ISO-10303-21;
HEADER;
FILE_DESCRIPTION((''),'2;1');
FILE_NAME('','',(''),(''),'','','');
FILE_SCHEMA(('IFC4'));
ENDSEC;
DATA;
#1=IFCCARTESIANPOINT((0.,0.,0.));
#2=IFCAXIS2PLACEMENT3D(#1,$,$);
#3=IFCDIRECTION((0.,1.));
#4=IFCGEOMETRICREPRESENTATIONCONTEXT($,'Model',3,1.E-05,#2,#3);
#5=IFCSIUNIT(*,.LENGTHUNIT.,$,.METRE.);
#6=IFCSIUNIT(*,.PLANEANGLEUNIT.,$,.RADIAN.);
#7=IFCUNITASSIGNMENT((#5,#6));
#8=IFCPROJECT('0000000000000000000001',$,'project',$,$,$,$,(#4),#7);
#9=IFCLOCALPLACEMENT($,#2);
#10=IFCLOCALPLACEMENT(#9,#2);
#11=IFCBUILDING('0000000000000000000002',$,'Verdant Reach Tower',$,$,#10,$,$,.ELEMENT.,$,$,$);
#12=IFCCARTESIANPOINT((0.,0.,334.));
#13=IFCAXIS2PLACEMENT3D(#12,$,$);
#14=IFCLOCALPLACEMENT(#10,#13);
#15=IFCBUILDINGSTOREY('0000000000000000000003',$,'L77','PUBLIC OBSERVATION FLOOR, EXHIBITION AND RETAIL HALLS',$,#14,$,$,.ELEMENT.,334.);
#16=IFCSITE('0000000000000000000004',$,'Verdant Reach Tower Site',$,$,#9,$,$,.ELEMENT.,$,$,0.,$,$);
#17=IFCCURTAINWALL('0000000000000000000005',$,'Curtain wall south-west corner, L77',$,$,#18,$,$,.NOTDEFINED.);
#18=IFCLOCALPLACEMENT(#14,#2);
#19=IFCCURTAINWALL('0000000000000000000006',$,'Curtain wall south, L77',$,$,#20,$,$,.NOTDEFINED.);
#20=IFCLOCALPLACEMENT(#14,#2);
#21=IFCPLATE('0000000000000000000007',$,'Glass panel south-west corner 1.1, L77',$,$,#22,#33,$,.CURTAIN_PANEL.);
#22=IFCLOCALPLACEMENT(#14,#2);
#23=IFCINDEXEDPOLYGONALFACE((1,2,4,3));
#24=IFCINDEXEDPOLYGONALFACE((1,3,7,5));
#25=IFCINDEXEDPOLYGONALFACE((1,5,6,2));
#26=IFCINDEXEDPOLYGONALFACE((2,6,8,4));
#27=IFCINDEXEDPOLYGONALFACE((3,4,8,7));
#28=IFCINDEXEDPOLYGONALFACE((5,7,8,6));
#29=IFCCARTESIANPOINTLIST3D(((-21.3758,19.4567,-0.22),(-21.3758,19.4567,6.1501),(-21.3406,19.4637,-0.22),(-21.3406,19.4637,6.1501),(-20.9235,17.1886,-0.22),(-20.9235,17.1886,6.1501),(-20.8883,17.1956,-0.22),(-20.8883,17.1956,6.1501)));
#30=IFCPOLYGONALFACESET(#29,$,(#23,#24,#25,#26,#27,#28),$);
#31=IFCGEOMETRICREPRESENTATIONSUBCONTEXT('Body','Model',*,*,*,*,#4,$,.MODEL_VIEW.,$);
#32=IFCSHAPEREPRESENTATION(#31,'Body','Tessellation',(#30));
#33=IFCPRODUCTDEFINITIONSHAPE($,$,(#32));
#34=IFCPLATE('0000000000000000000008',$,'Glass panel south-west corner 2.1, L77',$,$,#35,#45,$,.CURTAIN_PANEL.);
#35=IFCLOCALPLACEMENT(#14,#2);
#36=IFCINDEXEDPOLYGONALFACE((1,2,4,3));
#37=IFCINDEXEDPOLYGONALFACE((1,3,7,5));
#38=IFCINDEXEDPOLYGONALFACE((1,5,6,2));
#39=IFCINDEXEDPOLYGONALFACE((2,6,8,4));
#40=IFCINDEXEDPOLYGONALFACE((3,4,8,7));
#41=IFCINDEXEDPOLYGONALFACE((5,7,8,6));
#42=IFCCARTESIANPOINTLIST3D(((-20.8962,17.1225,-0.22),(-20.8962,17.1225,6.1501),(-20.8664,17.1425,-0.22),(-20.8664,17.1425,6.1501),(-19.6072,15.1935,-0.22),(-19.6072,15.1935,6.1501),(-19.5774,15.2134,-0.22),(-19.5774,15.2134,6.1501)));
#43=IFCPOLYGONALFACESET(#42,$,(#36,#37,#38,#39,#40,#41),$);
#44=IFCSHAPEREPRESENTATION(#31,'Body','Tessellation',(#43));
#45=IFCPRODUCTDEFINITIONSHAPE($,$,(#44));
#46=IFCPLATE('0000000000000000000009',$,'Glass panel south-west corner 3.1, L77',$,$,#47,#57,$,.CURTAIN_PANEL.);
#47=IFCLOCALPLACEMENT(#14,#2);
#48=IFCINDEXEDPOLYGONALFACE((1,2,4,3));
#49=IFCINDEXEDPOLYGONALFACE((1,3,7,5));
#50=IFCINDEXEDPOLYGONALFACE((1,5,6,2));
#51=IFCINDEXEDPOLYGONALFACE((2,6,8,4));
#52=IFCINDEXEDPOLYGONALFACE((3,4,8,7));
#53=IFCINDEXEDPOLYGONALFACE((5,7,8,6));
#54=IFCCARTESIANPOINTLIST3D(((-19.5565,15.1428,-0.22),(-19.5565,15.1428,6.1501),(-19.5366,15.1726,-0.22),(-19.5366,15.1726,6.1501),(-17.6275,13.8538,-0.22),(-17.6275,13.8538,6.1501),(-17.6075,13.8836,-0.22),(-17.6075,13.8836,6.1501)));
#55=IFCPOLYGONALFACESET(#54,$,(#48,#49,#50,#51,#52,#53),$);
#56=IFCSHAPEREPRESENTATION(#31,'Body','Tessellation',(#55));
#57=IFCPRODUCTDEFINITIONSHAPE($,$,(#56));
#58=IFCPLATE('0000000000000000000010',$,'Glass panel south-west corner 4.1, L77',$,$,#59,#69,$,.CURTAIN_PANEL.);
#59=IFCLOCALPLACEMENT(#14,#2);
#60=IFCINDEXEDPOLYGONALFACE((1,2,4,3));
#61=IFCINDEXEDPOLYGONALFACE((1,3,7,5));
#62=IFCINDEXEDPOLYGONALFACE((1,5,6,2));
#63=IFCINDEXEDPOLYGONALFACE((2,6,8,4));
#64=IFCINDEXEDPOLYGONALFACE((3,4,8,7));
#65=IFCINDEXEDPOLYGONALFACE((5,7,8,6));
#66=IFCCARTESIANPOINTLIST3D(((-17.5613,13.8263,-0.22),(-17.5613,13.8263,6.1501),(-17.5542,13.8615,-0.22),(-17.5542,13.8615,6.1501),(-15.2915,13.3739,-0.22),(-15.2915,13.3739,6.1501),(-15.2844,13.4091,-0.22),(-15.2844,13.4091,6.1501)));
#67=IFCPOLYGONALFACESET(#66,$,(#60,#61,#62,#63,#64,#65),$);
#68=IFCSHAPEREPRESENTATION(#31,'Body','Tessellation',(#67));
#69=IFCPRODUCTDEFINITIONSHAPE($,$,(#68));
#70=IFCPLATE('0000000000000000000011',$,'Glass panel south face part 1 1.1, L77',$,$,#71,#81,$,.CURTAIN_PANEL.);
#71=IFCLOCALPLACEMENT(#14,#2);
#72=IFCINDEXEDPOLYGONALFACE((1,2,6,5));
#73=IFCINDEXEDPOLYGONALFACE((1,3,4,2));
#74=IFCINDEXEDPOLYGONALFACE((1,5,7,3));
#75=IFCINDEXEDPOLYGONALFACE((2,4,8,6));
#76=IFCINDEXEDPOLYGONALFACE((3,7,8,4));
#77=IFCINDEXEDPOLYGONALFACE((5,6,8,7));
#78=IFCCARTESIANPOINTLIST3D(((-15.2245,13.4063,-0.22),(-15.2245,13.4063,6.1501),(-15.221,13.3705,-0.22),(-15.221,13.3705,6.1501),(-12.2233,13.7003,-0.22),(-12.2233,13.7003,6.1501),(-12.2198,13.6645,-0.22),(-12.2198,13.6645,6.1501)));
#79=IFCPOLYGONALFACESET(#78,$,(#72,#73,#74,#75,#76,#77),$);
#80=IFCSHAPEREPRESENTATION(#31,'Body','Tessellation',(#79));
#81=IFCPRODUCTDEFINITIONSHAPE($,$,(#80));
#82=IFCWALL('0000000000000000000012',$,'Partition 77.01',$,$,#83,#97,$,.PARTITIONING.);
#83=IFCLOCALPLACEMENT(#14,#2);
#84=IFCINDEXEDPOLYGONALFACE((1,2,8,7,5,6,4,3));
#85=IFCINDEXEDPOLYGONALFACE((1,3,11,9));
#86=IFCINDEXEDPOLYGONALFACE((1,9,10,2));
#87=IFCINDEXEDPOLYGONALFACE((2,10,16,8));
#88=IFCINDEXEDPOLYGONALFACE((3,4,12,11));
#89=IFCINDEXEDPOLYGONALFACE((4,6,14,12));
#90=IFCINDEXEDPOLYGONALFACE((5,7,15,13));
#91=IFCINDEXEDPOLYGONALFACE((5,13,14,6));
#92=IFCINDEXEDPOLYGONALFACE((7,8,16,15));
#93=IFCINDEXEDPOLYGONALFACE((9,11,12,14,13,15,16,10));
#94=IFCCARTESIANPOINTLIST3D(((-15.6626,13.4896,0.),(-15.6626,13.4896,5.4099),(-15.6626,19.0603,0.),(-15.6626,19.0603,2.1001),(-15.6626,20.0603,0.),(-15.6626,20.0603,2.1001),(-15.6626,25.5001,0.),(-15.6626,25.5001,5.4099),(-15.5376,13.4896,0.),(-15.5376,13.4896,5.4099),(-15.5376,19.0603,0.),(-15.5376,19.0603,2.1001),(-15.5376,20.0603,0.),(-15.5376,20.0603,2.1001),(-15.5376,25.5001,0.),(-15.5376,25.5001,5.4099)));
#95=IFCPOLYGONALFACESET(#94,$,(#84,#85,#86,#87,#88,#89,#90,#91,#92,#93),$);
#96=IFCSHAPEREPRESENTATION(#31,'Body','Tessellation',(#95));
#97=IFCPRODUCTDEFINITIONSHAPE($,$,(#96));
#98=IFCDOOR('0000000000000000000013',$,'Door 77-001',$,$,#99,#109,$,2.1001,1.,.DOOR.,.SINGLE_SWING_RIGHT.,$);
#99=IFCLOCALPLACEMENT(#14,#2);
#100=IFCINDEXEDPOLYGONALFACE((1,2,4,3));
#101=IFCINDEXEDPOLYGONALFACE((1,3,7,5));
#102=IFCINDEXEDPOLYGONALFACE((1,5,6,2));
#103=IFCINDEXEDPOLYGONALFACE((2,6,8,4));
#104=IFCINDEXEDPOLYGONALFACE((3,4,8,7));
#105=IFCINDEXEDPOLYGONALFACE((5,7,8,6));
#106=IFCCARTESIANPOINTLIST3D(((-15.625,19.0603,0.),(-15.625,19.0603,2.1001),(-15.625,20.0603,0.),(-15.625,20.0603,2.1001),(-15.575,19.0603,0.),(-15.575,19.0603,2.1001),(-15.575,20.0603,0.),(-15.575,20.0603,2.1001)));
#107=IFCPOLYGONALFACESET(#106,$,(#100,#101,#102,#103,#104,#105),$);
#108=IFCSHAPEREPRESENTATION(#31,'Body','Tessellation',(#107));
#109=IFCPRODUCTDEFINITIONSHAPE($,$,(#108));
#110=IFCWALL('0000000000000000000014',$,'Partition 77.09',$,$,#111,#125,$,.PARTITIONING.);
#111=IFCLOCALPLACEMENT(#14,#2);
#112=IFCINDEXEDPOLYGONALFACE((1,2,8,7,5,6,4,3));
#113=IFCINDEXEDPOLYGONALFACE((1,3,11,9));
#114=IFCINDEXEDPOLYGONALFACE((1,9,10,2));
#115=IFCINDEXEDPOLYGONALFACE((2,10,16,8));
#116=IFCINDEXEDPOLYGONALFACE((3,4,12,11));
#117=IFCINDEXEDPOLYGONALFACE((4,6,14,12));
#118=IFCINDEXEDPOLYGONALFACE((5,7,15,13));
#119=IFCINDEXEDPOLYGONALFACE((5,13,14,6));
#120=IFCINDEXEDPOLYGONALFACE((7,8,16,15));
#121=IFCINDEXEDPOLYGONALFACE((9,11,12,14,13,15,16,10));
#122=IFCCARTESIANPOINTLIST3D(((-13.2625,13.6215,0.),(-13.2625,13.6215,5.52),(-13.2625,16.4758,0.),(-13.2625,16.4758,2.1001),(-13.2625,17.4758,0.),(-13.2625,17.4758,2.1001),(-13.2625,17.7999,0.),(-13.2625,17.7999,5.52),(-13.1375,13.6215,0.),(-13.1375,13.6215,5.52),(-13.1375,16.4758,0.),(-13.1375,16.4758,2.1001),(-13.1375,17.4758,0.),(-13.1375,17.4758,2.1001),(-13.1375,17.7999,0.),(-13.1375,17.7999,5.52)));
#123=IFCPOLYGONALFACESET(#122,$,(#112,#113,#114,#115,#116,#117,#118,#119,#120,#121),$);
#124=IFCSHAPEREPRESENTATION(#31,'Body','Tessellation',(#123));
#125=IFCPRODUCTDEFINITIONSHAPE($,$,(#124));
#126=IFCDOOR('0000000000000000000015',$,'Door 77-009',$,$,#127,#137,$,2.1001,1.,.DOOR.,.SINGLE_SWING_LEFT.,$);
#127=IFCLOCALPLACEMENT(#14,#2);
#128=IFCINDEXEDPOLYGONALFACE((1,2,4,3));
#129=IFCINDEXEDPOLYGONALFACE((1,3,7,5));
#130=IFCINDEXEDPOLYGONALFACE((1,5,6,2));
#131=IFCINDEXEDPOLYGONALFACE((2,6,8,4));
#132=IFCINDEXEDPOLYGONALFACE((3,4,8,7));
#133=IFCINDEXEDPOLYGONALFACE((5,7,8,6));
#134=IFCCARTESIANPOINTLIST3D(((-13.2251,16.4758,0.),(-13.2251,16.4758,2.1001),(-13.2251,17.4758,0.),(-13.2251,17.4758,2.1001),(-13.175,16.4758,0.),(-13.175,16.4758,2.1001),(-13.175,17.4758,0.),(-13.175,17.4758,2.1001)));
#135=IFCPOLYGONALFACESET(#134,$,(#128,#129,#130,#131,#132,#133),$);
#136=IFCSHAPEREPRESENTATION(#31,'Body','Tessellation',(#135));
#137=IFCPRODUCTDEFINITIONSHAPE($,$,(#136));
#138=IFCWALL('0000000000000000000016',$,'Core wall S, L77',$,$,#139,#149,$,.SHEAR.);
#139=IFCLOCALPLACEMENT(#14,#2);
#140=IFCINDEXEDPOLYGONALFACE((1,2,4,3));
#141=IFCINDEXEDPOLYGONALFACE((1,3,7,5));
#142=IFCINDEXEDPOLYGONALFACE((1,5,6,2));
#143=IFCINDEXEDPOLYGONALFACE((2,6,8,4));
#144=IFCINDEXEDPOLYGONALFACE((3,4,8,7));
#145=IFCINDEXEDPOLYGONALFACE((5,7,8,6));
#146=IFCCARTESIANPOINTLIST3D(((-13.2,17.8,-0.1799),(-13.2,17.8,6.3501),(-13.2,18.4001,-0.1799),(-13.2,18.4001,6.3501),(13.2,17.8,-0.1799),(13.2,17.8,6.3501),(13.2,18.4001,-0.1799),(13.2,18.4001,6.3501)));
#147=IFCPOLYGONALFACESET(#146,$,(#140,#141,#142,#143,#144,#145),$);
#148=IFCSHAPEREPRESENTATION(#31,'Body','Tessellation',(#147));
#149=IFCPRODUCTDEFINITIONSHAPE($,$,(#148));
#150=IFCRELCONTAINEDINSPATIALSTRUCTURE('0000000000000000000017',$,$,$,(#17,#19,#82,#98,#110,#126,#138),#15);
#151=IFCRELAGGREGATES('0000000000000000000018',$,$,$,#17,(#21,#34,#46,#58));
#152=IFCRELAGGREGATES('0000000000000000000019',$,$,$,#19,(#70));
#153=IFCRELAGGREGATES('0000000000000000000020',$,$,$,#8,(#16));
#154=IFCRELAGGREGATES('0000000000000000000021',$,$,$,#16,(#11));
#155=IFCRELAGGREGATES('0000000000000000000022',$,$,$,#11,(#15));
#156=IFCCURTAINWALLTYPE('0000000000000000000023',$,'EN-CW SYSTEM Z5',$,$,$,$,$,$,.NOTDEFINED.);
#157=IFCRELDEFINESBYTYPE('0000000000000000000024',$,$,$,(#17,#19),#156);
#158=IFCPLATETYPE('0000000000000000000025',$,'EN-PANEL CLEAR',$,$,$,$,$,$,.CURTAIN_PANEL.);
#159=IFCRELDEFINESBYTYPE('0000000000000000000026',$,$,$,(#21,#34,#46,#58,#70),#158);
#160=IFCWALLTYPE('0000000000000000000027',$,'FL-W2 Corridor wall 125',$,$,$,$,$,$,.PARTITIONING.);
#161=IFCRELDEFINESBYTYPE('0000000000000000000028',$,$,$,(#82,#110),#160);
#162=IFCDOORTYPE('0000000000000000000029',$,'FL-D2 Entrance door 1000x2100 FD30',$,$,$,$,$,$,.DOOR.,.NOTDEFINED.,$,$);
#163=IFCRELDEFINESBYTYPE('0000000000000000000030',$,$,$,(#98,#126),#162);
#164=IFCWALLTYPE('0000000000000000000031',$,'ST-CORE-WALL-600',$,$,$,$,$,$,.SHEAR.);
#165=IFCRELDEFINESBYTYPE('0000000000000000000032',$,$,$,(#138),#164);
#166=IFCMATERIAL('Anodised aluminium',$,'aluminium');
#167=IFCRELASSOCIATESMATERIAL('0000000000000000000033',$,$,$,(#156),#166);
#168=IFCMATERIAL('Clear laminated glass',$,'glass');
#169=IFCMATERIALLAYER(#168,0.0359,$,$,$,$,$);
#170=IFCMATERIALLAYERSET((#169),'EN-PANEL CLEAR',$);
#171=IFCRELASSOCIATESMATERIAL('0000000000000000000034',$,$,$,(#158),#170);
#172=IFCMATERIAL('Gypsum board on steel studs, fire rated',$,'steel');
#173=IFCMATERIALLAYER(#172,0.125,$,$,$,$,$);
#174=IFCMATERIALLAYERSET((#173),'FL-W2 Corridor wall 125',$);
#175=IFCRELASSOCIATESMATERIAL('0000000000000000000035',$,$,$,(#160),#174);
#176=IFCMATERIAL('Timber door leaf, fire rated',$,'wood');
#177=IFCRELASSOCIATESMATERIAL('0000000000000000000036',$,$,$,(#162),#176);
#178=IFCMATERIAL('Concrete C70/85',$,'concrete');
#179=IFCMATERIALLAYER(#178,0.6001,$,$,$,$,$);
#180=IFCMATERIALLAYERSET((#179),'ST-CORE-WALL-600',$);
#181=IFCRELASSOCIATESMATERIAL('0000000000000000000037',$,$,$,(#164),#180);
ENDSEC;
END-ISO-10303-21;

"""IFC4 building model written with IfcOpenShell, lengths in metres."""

from ifc_helpers import new_model, si_unit, direction, frame, frame_2d, origin, origin_2d, place, context, subcontext, project, spatial, rectangle, extrude, material, layer, layer_set, type_object, element, fill, aggregate, save


model = new_model("IFC4")

# Units and contexts
model_context = context("Model", 3, precision=1e-05, world=origin(), true_north=direction((0.0, 1.0)))
body_context = subcontext(model_context, "Body", "Model", "MODEL_VIEW")
ifc_project = project(units=[si_unit("LENGTHUNIT", "METRE"), si_unit("PLANEANGLEUNIT", "RADIAN")], contexts=[model_context])

# Site, building, storey
site_placement = place(None, origin())
site = spatial("IfcSite", under=ifc_project, at=site_placement, Name="Verdant Reach Tower Site", CompositionType="ELEMENT", RefElevation=0.0)
building_placement = place(site_placement, origin())
building = spatial("IfcBuilding", under=site, at=building_placement, Name="Verdant Reach Tower", CompositionType="ELEMENT")
storey_placement = place(building_placement, frame((0.0, 0.0, 334.0)))
storey = spatial("IfcBuildingStorey", under=building, at=storey_placement, Name="L77", Description="PUBLIC OBSERVATION FLOOR, EXHIBITION AND RETAIL HALLS", CompositionType="ELEMENT", Elevation=334.0)

# Curtain walls
ifc_material_1 = material(Name="Anodised aluminium", Category="aluminium")
curtain_wall_type = type_object("IfcCurtainWallType", Name="EN-CW SYSTEM Z5", PredefinedType="NOTDEFINED", material=ifc_material_1)
curtain_wall_1_placement = place(storey_placement, origin())
curtain_wall_1 = element("IfcCurtainWall", 1, at=curtain_wall_1_placement, inside=storey, type_object=curtain_wall_type, Name="Curtain wall south-west corner, L77", PredefinedType="NOTDEFINED")
curtain_wall_2_placement = place(storey_placement, origin())
curtain_wall_2 = element("IfcCurtainWall", 2, at=curtain_wall_2_placement, inside=storey, type_object=curtain_wall_type, Name="Curtain wall south, L77", PredefinedType="NOTDEFINED")

# Plates
ifc_material_2 = material(Name="Clear laminated glass", Category="glass")
ifc_layer_1 = layer(ifc_material_2, 0.0359)
ifc_layer_set_1 = layer_set([ifc_layer_1], Name="EN-PANEL CLEAR")
plate_type = type_object("IfcPlateType", Name="EN-PANEL CLEAR", PredefinedType="CURTAIN_PANEL", material=ifc_layer_set_1)
plate_1_placement = place(storey_placement, frame((-21.1321, 18.3262, -0.22), z_axis=(0.0, 0.0, 1.0), x_axis=(0.195576, -0.980689, 0.0)))
plate_1 = element("IfcPlate", 3, at=plate_1_placement, type_object=plate_type, Name="Glass panel south-west corner 1.1, L77", PredefinedType="CURTAIN_PANEL", context=body_context, shape_type="SweptSolid", body=[
    extrude(rectangle(XDim=2.3127, YDim=0.0359, at=origin_2d()), origin(), (0.0, 0.0, 1.0), 6.3701),
])
plate_2_placement = place(storey_placement, frame((-20.2368, 16.168, -0.22), z_axis=(0.0, 0.0, 1.0), x_axis=(0.555596, -0.831452, 0.0)))
plate_2 = element("IfcPlate", 4, at=plate_2_placement, type_object=plate_type, Name="Glass panel south-west corner 2.1, L77", PredefinedType="CURTAIN_PANEL", context=body_context, shape_type="SweptSolid", body=[
    extrude(rectangle(XDim=2.3201, YDim=0.0359, at=origin_2d()), origin(), (0.0, 0.0, 1.0), 6.3701),
])
plate_3_placement = place(storey_placement, frame((-18.582, 14.5132, -0.22), z_axis=(0.0, 0.0, 1.0), x_axis=(0.831452, -0.555596, 0.0)))
plate_3 = element("IfcPlate", 5, at=plate_3_placement, type_object=plate_type, Name="Glass panel south-west corner 3.1, L77", PredefinedType="CURTAIN_PANEL", context=body_context, shape_type="SweptSolid", body=[
    extrude(rectangle(XDim=2.3201, YDim=0.0359, at=origin_2d()), origin(), (0.0, 0.0, 1.0), 6.3701),
])
plate_4_placement = place(storey_placement, frame((-16.4229, 13.6177, -0.22), z_axis=(0.0, 0.0, 1.0), x_axis=(0.980708, -0.195479, 0.0)))
plate_4 = element("IfcPlate", 6, at=plate_4_placement, type_object=plate_type, Name="Glass panel south-west corner 4.1, L77", PredefinedType="CURTAIN_PANEL", context=body_context, shape_type="SweptSolid", body=[
    extrude(rectangle(XDim=2.3145, YDim=0.0359, at=origin_2d()), origin(), (0.0, 0.0, 1.0), 6.3701),
])
aggregate(curtain_wall_1, [plate_1, plate_2, plate_3, plate_4])
plate_5_placement = place(storey_placement, frame((-13.7222, 13.5354, -0.22), z_axis=(0.0, 0.0, 1.0), x_axis=(0.995237, 0.097487, 0.0)))
plate_5 = element("IfcPlate", 7, at=plate_5_placement, type_object=plate_type, Name="Glass panel south face part 1 1.1, L77", PredefinedType="CURTAIN_PANEL", context=body_context, shape_type="SweptSolid", body=[
    extrude(rectangle(XDim=3.0156, YDim=0.0359, at=origin_2d()), origin(), (0.0, 0.0, 1.0), 6.3701),
])
aggregate(curtain_wall_2, [plate_5])

# Walls, openings, doors
ifc_material_3 = material(Name="Gypsum board on steel studs, fire rated", Category="steel")
ifc_layer_2 = layer(ifc_material_3, 0.125)
ifc_layer_set_2 = layer_set([ifc_layer_2], Name="FL-W2 Corridor wall 125")
wall_type_1 = type_object("IfcWallType", Name="FL-W2 Corridor wall 125", PredefinedType="PARTITIONING", material=ifc_layer_set_2)
wall_1_placement = place(storey_placement, frame((-15.6001, 13.4895, 0.0), z_axis=(0.0, 0.0, 1.0), x_axis=(0.0, 1.0, 0.0)))
wall_1 = element("IfcWall", 8, at=wall_1_placement, inside=storey, type_object=wall_type_1, Name="Partition 77.01", PredefinedType="PARTITIONING", context=body_context, shape_type="SweptSolid", body=[
    extrude(rectangle(XDim=12.0105, YDim=0.125, at=frame_2d((6.0054, 0.0))), origin(), (0.0, 0.0, 1.0), 5.4099),
])
opening_1_placement = place(wall_1_placement, frame((5.5708, 0.0, 0.0)))
opening_1 = element("IfcOpeningElement", 9, at=opening_1_placement, cuts=wall_1, PredefinedType="OPENING", context=body_context, shape_type="SweptSolid", body=[
    extrude(rectangle(XDim=1.0, YDim=2.1001, at=frame_2d((0.5, 1.05))), frame((0.0, 0.0725, 0.0), z_axis=(0.0, -1.0, 0.0), x_axis=(1.0, 0.0, 0.0)), (0.0, 0.0, 1.0), 0.145),
])
ifc_material_4 = material(Name="Timber door leaf, fire rated", Category="wood")
door_type_1 = type_object("IfcDoorType", Name="FL-D2 Entrance door 1000x2100 FD30", OperationType="NOTDEFINED", PredefinedType="DOOR", material=ifc_material_4)
door_1_placement = place(opening_1_placement, origin())
door_1 = element("IfcDoor", 10, at=door_1_placement, inside=storey, type_object=door_type_1, Name="Door 77-001", OperationType="SINGLE_SWING_RIGHT", OverallHeight=2.1001, OverallWidth=1.0, PredefinedType="DOOR", context=body_context, shape_type="SweptSolid", body=[
    extrude(rectangle(XDim=1.0, YDim=2.1001, at=frame_2d((0.5, 1.05))), frame((0.0, 0.0249, 0.0), z_axis=(0.0, -1.0, 0.0), x_axis=(1.0, 0.0, 0.0)), (0.0, 0.0, 1.0), 0.05),
])
fill(opening_1, door_1)
wall_2_placement = place(storey_placement, frame((-13.2, 17.8, 0.0), z_axis=(0.0, 0.0, 1.0), x_axis=(0.0, -1.0, 0.0)))
wall_2 = element("IfcWall", 11, at=wall_2_placement, inside=storey, type_object=wall_type_1, Name="Partition 77.09", PredefinedType="PARTITIONING", context=body_context, shape_type="SweptSolid", body=[
    extrude(rectangle(XDim=4.1785, YDim=0.125, at=frame_2d((2.0894, 0.0))), origin(), (0.0, 0.0, 1.0), 5.52),
])
opening_2_placement = place(wall_2_placement, frame((0.3242, 0.0, 0.0)))
opening_2 = element("IfcOpeningElement", 12, at=opening_2_placement, cuts=wall_2, PredefinedType="OPENING", context=body_context, shape_type="SweptSolid", body=[
    extrude(rectangle(XDim=1.0, YDim=2.1001, at=frame_2d((0.5, 1.05))), frame((0.0, 0.0725, 0.0), z_axis=(0.0, -1.0, 0.0), x_axis=(1.0, 0.0, 0.0)), (0.0, 0.0, 1.0), 0.145),
])
door_2_placement = place(opening_2_placement, origin())
door_2 = element("IfcDoor", 13, at=door_2_placement, inside=storey, type_object=door_type_1, Name="Door 77-009", OperationType="SINGLE_SWING_LEFT", OverallHeight=2.1001, OverallWidth=1.0, PredefinedType="DOOR", context=body_context, shape_type="SweptSolid", body=[
    extrude(rectangle(XDim=1.0, YDim=2.1001, at=frame_2d((0.5, 1.05))), frame((0.0, 0.0249, 0.0), z_axis=(0.0, -1.0, 0.0), x_axis=(1.0, 0.0, 0.0)), (0.0, 0.0, 1.0), 0.05),
])
fill(opening_2, door_2)

# Wall
ifc_material_5 = material(Name="Concrete C70/85", Category="concrete")
ifc_layer_3 = layer(ifc_material_5, 0.6001)
ifc_layer_set_3 = layer_set([ifc_layer_3], Name="ST-CORE-WALL-600")
wall_type_2 = type_object("IfcWallType", Name="ST-CORE-WALL-600", PredefinedType="SHEAR", material=ifc_layer_set_3)
wall_3_placement = place(storey_placement, frame((-13.2, 18.1001, -0.1799), z_axis=(0.0, 0.0, 1.0), x_axis=(1.0, 0.0, 0.0)))
element("IfcWall", 14, at=wall_3_placement, inside=storey, type_object=wall_type_2, Name="Core wall S, L77", PredefinedType="SHEAR", context=body_context, shape_type="SweptSolid", body=[
    extrude(rectangle(XDim=26.3999, YDim=0.6001, at=frame_2d((13.2, 0.0))), origin(), (0.0, 0.0, 1.0), 6.53),
])

save(model, "model.ifc")
